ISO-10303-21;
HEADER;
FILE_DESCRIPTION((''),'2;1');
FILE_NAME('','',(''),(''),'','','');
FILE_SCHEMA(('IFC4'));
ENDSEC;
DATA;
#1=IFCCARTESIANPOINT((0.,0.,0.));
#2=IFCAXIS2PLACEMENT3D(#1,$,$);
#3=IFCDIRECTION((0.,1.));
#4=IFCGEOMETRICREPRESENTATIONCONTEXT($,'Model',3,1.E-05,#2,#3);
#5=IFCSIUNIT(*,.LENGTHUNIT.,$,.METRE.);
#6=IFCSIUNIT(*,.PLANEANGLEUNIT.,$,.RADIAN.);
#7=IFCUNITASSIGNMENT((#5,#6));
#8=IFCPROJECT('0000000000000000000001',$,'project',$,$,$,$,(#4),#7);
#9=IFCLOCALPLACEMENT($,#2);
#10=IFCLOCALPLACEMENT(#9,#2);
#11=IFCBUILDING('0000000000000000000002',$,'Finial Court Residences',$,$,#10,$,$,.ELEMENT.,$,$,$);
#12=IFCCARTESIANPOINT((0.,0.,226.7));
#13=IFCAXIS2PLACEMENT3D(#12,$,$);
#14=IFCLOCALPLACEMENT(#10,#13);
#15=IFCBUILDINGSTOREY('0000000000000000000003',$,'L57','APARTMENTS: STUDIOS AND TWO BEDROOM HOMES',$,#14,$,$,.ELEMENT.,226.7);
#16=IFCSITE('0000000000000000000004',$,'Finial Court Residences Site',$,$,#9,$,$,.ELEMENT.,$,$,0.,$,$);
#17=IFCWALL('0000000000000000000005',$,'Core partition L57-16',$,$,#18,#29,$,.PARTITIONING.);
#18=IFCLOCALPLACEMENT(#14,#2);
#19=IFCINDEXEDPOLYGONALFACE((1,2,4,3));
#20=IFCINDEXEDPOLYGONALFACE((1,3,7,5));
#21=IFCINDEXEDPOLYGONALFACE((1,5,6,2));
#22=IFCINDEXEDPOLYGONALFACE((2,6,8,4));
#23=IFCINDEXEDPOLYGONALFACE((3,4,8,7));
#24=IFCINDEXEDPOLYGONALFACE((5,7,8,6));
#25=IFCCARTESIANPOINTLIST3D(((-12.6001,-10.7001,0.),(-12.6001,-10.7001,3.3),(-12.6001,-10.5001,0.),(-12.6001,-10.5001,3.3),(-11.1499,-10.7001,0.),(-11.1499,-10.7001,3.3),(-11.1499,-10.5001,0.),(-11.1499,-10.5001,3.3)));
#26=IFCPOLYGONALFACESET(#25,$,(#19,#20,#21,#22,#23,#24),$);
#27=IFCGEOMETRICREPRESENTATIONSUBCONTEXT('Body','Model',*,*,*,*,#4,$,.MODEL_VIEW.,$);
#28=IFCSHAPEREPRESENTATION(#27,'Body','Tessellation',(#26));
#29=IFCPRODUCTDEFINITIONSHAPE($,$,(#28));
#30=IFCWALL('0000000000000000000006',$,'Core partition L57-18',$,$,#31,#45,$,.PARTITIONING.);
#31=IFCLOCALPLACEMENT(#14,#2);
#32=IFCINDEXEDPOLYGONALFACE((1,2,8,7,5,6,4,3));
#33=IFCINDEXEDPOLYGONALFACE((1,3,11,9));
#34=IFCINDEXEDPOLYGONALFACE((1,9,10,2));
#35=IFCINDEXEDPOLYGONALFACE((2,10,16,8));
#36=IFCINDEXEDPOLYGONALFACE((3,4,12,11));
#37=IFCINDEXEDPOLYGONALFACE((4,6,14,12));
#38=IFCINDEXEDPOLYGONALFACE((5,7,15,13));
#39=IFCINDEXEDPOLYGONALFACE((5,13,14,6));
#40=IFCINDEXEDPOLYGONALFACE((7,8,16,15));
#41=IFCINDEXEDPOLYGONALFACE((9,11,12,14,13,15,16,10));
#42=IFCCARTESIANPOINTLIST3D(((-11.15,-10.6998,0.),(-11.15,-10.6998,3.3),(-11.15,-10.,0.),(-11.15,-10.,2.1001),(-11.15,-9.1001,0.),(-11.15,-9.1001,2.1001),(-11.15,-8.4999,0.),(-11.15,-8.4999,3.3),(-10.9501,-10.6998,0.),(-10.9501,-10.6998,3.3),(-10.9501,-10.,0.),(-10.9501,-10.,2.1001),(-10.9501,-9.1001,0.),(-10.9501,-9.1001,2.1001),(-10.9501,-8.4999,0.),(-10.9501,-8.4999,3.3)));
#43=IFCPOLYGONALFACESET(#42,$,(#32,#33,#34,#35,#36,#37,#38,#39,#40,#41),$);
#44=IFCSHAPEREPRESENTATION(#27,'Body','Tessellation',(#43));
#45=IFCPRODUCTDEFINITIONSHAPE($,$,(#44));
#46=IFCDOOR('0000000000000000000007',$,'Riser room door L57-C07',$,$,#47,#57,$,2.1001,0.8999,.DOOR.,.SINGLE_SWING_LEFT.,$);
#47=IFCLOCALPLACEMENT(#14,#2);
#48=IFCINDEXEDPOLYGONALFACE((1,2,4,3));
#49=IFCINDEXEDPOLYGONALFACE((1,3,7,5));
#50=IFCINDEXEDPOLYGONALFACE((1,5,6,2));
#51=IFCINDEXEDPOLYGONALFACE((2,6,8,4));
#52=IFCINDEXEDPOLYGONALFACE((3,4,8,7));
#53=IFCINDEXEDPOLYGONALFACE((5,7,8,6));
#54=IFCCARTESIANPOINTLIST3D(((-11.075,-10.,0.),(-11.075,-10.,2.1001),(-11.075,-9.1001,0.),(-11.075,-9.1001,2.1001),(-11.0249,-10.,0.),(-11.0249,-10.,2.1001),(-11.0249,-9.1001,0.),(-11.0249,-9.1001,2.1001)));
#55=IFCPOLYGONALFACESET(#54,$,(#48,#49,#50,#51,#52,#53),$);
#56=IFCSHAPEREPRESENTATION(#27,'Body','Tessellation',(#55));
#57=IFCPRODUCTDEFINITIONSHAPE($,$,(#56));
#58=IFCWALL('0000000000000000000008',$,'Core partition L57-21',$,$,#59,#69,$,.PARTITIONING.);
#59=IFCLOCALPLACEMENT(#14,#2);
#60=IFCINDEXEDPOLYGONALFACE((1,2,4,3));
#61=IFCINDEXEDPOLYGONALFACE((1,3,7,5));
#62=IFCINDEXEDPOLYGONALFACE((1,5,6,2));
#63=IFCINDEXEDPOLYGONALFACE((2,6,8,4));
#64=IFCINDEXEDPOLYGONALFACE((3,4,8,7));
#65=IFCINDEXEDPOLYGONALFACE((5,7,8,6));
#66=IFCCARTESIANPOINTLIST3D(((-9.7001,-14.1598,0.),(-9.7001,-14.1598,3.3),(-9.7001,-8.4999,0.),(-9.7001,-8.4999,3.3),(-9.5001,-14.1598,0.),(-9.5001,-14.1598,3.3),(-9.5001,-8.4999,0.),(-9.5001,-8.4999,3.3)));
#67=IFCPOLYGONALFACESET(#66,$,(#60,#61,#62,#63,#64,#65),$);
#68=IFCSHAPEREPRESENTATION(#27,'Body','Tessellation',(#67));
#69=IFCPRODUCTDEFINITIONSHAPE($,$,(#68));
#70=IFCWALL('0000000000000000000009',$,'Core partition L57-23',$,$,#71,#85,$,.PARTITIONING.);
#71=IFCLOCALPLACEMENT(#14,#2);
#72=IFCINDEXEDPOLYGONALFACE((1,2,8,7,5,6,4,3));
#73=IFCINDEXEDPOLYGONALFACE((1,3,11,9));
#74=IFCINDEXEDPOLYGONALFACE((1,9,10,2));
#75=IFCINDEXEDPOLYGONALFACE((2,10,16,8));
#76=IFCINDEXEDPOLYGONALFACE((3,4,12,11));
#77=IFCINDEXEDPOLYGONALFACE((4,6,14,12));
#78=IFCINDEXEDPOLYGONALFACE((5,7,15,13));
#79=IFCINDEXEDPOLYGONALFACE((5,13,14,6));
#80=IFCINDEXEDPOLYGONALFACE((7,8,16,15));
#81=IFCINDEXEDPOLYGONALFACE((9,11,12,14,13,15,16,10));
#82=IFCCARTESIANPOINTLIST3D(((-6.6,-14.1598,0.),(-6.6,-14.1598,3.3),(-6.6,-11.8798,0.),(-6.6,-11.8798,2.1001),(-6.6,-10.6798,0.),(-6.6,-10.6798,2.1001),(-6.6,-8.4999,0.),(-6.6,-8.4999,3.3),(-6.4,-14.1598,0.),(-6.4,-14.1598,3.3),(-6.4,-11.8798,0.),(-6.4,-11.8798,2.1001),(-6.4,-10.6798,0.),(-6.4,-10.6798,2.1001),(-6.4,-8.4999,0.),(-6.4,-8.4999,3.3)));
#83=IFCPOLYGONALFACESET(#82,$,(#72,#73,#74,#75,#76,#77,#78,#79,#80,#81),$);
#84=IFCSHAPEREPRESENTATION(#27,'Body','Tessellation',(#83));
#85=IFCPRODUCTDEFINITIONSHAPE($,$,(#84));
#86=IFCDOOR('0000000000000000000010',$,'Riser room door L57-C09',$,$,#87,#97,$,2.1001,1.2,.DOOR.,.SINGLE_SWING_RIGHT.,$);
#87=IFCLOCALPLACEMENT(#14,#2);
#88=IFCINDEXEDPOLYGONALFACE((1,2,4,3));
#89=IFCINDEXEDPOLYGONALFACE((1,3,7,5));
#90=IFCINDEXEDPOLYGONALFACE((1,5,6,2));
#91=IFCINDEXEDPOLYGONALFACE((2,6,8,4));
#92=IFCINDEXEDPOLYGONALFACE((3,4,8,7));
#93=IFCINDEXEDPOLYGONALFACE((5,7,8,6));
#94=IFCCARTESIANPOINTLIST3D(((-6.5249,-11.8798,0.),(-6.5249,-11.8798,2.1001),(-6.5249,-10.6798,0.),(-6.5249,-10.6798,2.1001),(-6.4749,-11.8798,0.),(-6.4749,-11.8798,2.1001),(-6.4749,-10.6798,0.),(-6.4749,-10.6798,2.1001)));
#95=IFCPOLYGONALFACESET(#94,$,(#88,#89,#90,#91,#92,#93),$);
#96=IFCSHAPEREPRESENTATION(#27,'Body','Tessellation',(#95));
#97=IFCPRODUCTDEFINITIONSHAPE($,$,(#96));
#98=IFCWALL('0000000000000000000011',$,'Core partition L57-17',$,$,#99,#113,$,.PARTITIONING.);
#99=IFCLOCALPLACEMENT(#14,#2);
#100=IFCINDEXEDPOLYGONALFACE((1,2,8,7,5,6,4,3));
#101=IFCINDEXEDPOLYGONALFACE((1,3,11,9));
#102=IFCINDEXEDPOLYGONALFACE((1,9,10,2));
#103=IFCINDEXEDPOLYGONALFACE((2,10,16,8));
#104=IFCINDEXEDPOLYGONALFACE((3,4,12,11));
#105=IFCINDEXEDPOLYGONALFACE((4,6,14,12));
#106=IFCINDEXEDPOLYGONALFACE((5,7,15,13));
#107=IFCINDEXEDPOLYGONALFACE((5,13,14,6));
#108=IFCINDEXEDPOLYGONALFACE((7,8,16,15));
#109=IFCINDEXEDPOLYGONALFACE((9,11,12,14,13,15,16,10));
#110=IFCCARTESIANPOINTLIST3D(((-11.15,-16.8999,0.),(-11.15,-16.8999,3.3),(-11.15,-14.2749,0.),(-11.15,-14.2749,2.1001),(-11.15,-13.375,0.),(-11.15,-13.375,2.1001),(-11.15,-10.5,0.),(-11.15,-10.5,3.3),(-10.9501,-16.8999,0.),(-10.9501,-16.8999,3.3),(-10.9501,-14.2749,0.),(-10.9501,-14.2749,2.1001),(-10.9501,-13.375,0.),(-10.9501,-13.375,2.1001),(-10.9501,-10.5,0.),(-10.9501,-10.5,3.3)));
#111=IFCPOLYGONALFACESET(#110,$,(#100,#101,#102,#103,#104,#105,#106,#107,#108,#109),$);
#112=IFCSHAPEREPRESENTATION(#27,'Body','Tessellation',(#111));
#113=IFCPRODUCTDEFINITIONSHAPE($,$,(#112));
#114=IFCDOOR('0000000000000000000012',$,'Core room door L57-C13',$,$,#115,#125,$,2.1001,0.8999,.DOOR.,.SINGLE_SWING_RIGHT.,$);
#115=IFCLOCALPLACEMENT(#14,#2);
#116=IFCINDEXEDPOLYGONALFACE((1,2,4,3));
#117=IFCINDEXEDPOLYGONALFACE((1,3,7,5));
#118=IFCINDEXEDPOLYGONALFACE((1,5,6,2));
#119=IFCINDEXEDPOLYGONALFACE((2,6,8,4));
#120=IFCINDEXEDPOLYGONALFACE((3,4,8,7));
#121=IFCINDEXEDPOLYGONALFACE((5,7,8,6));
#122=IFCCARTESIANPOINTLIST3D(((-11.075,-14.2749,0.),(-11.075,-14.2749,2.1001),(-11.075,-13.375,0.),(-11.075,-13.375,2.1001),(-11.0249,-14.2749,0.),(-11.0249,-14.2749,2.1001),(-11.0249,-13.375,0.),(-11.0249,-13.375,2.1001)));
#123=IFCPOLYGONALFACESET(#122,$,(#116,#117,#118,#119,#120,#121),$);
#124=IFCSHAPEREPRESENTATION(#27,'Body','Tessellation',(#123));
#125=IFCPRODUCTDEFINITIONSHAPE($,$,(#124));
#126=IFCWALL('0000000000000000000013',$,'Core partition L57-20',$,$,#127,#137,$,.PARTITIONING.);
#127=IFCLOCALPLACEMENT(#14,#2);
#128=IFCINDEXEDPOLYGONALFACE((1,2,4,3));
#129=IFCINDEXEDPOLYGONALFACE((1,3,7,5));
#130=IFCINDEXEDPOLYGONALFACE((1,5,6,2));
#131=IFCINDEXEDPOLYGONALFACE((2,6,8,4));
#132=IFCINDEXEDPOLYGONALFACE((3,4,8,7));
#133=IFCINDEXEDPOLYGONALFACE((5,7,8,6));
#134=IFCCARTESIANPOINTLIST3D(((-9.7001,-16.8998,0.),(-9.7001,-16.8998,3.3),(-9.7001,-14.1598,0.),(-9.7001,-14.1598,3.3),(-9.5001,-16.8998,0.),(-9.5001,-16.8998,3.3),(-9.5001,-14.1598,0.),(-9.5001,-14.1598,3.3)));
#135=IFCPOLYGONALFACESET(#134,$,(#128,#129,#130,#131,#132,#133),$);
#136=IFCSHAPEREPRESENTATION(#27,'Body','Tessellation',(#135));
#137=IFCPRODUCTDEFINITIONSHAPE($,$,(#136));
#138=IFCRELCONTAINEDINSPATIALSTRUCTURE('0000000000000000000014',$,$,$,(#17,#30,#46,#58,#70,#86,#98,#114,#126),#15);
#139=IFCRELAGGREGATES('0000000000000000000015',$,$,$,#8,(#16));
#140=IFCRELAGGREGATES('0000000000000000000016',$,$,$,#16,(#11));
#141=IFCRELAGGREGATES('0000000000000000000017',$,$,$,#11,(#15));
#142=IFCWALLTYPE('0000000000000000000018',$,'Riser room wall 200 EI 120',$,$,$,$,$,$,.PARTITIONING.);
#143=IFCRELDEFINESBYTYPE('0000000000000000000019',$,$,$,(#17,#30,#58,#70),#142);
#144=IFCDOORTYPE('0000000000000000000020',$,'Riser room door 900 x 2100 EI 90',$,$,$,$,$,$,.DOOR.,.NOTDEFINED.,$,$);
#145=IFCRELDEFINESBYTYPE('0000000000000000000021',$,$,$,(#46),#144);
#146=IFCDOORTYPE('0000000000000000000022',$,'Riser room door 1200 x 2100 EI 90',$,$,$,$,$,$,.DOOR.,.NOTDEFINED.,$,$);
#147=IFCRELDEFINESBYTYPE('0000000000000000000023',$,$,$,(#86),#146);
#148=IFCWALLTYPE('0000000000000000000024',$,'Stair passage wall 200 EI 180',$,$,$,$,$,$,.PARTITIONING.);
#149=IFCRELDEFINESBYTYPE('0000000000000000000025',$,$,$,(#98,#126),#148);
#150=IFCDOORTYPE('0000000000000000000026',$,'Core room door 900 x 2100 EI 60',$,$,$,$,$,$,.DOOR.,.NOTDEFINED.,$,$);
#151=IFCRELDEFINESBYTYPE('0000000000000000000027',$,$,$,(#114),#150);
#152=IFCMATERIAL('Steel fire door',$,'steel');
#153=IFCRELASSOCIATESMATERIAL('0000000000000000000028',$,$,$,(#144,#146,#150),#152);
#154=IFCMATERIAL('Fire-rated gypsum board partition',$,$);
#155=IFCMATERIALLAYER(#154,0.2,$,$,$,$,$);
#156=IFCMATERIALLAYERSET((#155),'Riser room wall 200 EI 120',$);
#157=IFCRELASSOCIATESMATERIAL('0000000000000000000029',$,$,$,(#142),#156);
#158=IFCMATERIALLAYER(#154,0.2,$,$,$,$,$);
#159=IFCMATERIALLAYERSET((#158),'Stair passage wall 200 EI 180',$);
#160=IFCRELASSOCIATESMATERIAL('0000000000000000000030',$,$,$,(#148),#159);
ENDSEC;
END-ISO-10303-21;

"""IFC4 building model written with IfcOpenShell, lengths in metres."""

from ifc_helpers import new_model, si_unit, direction, frame, frame_2d, origin, place, context, subcontext, project, spatial, rectangle, extrude, material, layer, layer_set, type_object, element, fill, save


model = new_model("IFC4")

# Units and contexts
model_context = context("Model", 3, precision=1e-05, world=origin(), true_north=direction((0.0, 1.0)))
body_context = subcontext(model_context, "Body", "Model", "MODEL_VIEW")
ifc_project = project(units=[si_unit("LENGTHUNIT", "METRE"), si_unit("PLANEANGLEUNIT", "RADIAN")], contexts=[model_context])

# Site, building, storey
site_placement = place(None, origin())
site = spatial("IfcSite", under=ifc_project, at=site_placement, Name="Finial Court Residences Site", CompositionType="ELEMENT", RefElevation=0.0)
building_placement = place(site_placement, origin())
building = spatial("IfcBuilding", under=site, at=building_placement, Name="Finial Court Residences", CompositionType="ELEMENT")
storey_placement = place(building_placement, frame((0.0, 0.0, 226.7)))
storey = spatial("IfcBuildingStorey", under=building, at=storey_placement, Name="L57", Description="APARTMENTS: STUDIOS AND TWO BEDROOM HOMES", CompositionType="ELEMENT", Elevation=226.7)

# Shared definitions
ifc_material_1 = material(Name="Steel fire door", Category="steel")
door_type_1 = type_object("IfcDoorType", Name="Riser room door 900 x 2100 EI 90", OperationType="NOTDEFINED", PredefinedType="DOOR", material=ifc_material_1)

# Shared definitions
ifc_material_2 = material(Name="Fire-rated gypsum board partition")

# Wall
ifc_layer_1 = layer(ifc_material_2, 0.2)
ifc_layer_set_1 = layer_set([ifc_layer_1], Name="Riser room wall 200 EI 120")
wall_type_1 = type_object("IfcWallType", Name="Riser room wall 200 EI 120", PredefinedType="PARTITIONING", material=ifc_layer_set_1)
wall_1_placement = place(storey_placement, frame((-12.6001, -10.6001, 0.0), z_axis=(0.0, 0.0, 1.0), x_axis=(1.0, 0.0, 0.0)))
element("IfcWall", 1, at=wall_1_placement, inside=storey, type_object=wall_type_1, Name="Core partition L57-16", PredefinedType="PARTITIONING", context=body_context, shape_type="SweptSolid", body=[
    extrude(rectangle(XDim=1.4502, YDim=0.2, at=frame_2d((0.7251, 0.0))), origin(), (0.0, 0.0, 1.0), 3.3),
])

# Wall, opening, door
wall_2_placement = place(storey_placement, frame((-11.05, -10.7, 0.0), z_axis=(0.0, 0.0, 1.0), x_axis=(0.0, 1.0, 0.0)))
wall_2 = element("IfcWall", 2, at=wall_2_placement, inside=storey, type_object=wall_type_1, Name="Core partition L57-18", PredefinedType="PARTITIONING", context=body_context, shape_type="SweptSolid", body=[
    extrude(rectangle(XDim=2.2, YDim=0.2, at=frame_2d((1.1001, 0.0))), origin(), (0.0, 0.0, 1.0), 3.3),
])
opening_1_placement = place(wall_2_placement, frame((0.7, 0.0, 0.0)))
opening_1 = element("IfcOpeningElement", 3, at=opening_1_placement, cuts=wall_2, PredefinedType="OPENING", context=body_context, shape_type="SweptSolid", body=[
    extrude(rectangle(XDim=0.8999, YDim=2.1001, at=frame_2d((0.45, 1.05))), frame((0.0, 0.1099, 0.0), z_axis=(0.0, -1.0, 0.0), x_axis=(1.0, 0.0, 0.0)), (0.0, 0.0, 1.0), 0.22),
])
door_1_placement = place(opening_1_placement, origin())
door_1 = element("IfcDoor", 4, at=door_1_placement, inside=storey, type_object=door_type_1, Name="Riser room door L57-C07", OperationType="SINGLE_SWING_LEFT", OverallHeight=2.1001, OverallWidth=0.8999, PredefinedType="DOOR", context=body_context, shape_type="SweptSolid", body=[
    extrude(rectangle(XDim=0.8999, YDim=2.1001, at=frame_2d((0.45, 1.05))), frame((0.0, 0.0249, 0.0), z_axis=(0.0, -1.0, 0.0), x_axis=(1.0, 0.0, 0.0)), (0.0, 0.0, 1.0), 0.05),
])
fill(opening_1, door_1)

# Wall
wall_3_placement = place(storey_placement, frame((-9.6001, -14.1599, 0.0), z_axis=(0.0, 0.0, 1.0), x_axis=(0.0, 1.0, 0.0)))
element("IfcWall", 5, at=wall_3_placement, inside=storey, type_object=wall_type_1, Name="Core partition L57-21", PredefinedType="PARTITIONING", context=body_context, shape_type="SweptSolid", body=[
    extrude(rectangle(XDim=5.6599, YDim=0.2, at=frame_2d((2.8301, 0.0))), origin(), (0.0, 0.0, 1.0), 3.3),
])

# Walls, openings, doors
wall_4_placement = place(storey_placement, frame((-6.5, -14.1599, 0.0), z_axis=(0.0, 0.0, 1.0), x_axis=(0.0, 1.0, 0.0)))
wall_4 = element("IfcWall", 6, at=wall_4_placement, inside=storey, type_object=wall_type_1, Name="Core partition L57-23", PredefinedType="PARTITIONING", context=body_context, shape_type="SweptSolid", body=[
    extrude(rectangle(XDim=5.6599, YDim=0.2, at=frame_2d((2.8301, 0.0))), origin(), (0.0, 0.0, 1.0), 3.3),
])
opening_2_placement = place(wall_4_placement, frame((2.28, 0.0, 0.0)))
opening_2 = element("IfcOpeningElement", 7, at=opening_2_placement, cuts=wall_4, PredefinedType="OPENING", context=body_context, shape_type="SweptSolid", body=[
    extrude(rectangle(XDim=1.2, YDim=2.1001, at=frame_2d((0.6001, 1.05))), frame((0.0, 0.1099, 0.0), z_axis=(0.0, -1.0, 0.0), x_axis=(1.0, 0.0, 0.0)), (0.0, 0.0, 1.0), 0.22),
])
door_type_2 = type_object("IfcDoorType", Name="Riser room door 1200 x 2100 EI 90", OperationType="NOTDEFINED", PredefinedType="DOOR", material=ifc_material_1)
door_2_placement = place(opening_2_placement, origin())
door_2 = element("IfcDoor", 8, at=door_2_placement, inside=storey, type_object=door_type_2, Name="Riser room door L57-C09", OperationType="SINGLE_SWING_RIGHT", OverallHeight=2.1001, OverallWidth=1.2, PredefinedType="DOOR", context=body_context, shape_type="SweptSolid", body=[
    extrude(rectangle(XDim=1.2, YDim=2.1001, at=frame_2d((0.6001, 1.05))), frame((0.0, 0.0249, 0.0), z_axis=(0.0, -1.0, 0.0), x_axis=(1.0, 0.0, 0.0)), (0.0, 0.0, 1.0), 0.05),
])
fill(opening_2, door_2)
ifc_layer_2 = layer(ifc_material_2, 0.2)
ifc_layer_set_2 = layer_set([ifc_layer_2], Name="Stair passage wall 200 EI 180")
wall_type_2 = type_object("IfcWallType", Name="Stair passage wall 200 EI 180", PredefinedType="PARTITIONING", material=ifc_layer_set_2)
wall_5_placement = place(storey_placement, frame((-11.05, -16.8999, 0.0), z_axis=(0.0, 0.0, 1.0), x_axis=(0.0, 1.0, 0.0)))
wall_5 = element("IfcWall", 9, at=wall_5_placement, inside=storey, type_object=wall_type_2, Name="Core partition L57-17", PredefinedType="PARTITIONING", context=body_context, shape_type="SweptSolid", body=[
    extrude(rectangle(XDim=6.3999, YDim=0.2, at=frame_2d((3.2, 0.0))), origin(), (0.0, 0.0, 1.0), 3.3),
])
opening_3_placement = place(wall_5_placement, frame((2.625, 0.0, 0.0)))
opening_3 = element("IfcOpeningElement", 10, at=opening_3_placement, cuts=wall_5, PredefinedType="OPENING", context=body_context, shape_type="SweptSolid", body=[
    extrude(rectangle(XDim=0.8999, YDim=2.1001, at=frame_2d((0.45, 1.05))), frame((0.0, 0.1099, 0.0), z_axis=(0.0, -1.0, 0.0), x_axis=(1.0, 0.0, 0.0)), (0.0, 0.0, 1.0), 0.22),
])
door_type_3 = type_object("IfcDoorType", Name="Core room door 900 x 2100 EI 60", OperationType="NOTDEFINED", PredefinedType="DOOR", material=ifc_material_1)
door_3_placement = place(opening_3_placement, origin())
door_3 = element("IfcDoor", 11, at=door_3_placement, inside=storey, type_object=door_type_3, Name="Core room door L57-C13", OperationType="SINGLE_SWING_RIGHT", OverallHeight=2.1001, OverallWidth=0.8999, PredefinedType="DOOR", context=body_context, shape_type="SweptSolid", body=[
    extrude(rectangle(XDim=0.8999, YDim=2.1001, at=frame_2d((0.45, 1.05))), frame((0.0, 0.0249, 0.0), z_axis=(0.0, -1.0, 0.0), x_axis=(1.0, 0.0, 0.0)), (0.0, 0.0, 1.0), 0.05),
])
fill(opening_3, door_3)

# Wall
wall_6_placement = place(storey_placement, frame((-9.6001, -16.8999, 0.0), z_axis=(0.0, 0.0, 1.0), x_axis=(0.0, 1.0, 0.0)))
element("IfcWall", 12, at=wall_6_placement, inside=storey, type_object=wall_type_2, Name="Core partition L57-20", PredefinedType="PARTITIONING", context=body_context, shape_type="SweptSolid", body=[
    extrude(rectangle(XDim=2.74, YDim=0.2, at=frame_2d((1.3701, 0.0))), origin(), (0.0, 0.0, 1.0), 3.3),
])

save(model, "model.ifc")
